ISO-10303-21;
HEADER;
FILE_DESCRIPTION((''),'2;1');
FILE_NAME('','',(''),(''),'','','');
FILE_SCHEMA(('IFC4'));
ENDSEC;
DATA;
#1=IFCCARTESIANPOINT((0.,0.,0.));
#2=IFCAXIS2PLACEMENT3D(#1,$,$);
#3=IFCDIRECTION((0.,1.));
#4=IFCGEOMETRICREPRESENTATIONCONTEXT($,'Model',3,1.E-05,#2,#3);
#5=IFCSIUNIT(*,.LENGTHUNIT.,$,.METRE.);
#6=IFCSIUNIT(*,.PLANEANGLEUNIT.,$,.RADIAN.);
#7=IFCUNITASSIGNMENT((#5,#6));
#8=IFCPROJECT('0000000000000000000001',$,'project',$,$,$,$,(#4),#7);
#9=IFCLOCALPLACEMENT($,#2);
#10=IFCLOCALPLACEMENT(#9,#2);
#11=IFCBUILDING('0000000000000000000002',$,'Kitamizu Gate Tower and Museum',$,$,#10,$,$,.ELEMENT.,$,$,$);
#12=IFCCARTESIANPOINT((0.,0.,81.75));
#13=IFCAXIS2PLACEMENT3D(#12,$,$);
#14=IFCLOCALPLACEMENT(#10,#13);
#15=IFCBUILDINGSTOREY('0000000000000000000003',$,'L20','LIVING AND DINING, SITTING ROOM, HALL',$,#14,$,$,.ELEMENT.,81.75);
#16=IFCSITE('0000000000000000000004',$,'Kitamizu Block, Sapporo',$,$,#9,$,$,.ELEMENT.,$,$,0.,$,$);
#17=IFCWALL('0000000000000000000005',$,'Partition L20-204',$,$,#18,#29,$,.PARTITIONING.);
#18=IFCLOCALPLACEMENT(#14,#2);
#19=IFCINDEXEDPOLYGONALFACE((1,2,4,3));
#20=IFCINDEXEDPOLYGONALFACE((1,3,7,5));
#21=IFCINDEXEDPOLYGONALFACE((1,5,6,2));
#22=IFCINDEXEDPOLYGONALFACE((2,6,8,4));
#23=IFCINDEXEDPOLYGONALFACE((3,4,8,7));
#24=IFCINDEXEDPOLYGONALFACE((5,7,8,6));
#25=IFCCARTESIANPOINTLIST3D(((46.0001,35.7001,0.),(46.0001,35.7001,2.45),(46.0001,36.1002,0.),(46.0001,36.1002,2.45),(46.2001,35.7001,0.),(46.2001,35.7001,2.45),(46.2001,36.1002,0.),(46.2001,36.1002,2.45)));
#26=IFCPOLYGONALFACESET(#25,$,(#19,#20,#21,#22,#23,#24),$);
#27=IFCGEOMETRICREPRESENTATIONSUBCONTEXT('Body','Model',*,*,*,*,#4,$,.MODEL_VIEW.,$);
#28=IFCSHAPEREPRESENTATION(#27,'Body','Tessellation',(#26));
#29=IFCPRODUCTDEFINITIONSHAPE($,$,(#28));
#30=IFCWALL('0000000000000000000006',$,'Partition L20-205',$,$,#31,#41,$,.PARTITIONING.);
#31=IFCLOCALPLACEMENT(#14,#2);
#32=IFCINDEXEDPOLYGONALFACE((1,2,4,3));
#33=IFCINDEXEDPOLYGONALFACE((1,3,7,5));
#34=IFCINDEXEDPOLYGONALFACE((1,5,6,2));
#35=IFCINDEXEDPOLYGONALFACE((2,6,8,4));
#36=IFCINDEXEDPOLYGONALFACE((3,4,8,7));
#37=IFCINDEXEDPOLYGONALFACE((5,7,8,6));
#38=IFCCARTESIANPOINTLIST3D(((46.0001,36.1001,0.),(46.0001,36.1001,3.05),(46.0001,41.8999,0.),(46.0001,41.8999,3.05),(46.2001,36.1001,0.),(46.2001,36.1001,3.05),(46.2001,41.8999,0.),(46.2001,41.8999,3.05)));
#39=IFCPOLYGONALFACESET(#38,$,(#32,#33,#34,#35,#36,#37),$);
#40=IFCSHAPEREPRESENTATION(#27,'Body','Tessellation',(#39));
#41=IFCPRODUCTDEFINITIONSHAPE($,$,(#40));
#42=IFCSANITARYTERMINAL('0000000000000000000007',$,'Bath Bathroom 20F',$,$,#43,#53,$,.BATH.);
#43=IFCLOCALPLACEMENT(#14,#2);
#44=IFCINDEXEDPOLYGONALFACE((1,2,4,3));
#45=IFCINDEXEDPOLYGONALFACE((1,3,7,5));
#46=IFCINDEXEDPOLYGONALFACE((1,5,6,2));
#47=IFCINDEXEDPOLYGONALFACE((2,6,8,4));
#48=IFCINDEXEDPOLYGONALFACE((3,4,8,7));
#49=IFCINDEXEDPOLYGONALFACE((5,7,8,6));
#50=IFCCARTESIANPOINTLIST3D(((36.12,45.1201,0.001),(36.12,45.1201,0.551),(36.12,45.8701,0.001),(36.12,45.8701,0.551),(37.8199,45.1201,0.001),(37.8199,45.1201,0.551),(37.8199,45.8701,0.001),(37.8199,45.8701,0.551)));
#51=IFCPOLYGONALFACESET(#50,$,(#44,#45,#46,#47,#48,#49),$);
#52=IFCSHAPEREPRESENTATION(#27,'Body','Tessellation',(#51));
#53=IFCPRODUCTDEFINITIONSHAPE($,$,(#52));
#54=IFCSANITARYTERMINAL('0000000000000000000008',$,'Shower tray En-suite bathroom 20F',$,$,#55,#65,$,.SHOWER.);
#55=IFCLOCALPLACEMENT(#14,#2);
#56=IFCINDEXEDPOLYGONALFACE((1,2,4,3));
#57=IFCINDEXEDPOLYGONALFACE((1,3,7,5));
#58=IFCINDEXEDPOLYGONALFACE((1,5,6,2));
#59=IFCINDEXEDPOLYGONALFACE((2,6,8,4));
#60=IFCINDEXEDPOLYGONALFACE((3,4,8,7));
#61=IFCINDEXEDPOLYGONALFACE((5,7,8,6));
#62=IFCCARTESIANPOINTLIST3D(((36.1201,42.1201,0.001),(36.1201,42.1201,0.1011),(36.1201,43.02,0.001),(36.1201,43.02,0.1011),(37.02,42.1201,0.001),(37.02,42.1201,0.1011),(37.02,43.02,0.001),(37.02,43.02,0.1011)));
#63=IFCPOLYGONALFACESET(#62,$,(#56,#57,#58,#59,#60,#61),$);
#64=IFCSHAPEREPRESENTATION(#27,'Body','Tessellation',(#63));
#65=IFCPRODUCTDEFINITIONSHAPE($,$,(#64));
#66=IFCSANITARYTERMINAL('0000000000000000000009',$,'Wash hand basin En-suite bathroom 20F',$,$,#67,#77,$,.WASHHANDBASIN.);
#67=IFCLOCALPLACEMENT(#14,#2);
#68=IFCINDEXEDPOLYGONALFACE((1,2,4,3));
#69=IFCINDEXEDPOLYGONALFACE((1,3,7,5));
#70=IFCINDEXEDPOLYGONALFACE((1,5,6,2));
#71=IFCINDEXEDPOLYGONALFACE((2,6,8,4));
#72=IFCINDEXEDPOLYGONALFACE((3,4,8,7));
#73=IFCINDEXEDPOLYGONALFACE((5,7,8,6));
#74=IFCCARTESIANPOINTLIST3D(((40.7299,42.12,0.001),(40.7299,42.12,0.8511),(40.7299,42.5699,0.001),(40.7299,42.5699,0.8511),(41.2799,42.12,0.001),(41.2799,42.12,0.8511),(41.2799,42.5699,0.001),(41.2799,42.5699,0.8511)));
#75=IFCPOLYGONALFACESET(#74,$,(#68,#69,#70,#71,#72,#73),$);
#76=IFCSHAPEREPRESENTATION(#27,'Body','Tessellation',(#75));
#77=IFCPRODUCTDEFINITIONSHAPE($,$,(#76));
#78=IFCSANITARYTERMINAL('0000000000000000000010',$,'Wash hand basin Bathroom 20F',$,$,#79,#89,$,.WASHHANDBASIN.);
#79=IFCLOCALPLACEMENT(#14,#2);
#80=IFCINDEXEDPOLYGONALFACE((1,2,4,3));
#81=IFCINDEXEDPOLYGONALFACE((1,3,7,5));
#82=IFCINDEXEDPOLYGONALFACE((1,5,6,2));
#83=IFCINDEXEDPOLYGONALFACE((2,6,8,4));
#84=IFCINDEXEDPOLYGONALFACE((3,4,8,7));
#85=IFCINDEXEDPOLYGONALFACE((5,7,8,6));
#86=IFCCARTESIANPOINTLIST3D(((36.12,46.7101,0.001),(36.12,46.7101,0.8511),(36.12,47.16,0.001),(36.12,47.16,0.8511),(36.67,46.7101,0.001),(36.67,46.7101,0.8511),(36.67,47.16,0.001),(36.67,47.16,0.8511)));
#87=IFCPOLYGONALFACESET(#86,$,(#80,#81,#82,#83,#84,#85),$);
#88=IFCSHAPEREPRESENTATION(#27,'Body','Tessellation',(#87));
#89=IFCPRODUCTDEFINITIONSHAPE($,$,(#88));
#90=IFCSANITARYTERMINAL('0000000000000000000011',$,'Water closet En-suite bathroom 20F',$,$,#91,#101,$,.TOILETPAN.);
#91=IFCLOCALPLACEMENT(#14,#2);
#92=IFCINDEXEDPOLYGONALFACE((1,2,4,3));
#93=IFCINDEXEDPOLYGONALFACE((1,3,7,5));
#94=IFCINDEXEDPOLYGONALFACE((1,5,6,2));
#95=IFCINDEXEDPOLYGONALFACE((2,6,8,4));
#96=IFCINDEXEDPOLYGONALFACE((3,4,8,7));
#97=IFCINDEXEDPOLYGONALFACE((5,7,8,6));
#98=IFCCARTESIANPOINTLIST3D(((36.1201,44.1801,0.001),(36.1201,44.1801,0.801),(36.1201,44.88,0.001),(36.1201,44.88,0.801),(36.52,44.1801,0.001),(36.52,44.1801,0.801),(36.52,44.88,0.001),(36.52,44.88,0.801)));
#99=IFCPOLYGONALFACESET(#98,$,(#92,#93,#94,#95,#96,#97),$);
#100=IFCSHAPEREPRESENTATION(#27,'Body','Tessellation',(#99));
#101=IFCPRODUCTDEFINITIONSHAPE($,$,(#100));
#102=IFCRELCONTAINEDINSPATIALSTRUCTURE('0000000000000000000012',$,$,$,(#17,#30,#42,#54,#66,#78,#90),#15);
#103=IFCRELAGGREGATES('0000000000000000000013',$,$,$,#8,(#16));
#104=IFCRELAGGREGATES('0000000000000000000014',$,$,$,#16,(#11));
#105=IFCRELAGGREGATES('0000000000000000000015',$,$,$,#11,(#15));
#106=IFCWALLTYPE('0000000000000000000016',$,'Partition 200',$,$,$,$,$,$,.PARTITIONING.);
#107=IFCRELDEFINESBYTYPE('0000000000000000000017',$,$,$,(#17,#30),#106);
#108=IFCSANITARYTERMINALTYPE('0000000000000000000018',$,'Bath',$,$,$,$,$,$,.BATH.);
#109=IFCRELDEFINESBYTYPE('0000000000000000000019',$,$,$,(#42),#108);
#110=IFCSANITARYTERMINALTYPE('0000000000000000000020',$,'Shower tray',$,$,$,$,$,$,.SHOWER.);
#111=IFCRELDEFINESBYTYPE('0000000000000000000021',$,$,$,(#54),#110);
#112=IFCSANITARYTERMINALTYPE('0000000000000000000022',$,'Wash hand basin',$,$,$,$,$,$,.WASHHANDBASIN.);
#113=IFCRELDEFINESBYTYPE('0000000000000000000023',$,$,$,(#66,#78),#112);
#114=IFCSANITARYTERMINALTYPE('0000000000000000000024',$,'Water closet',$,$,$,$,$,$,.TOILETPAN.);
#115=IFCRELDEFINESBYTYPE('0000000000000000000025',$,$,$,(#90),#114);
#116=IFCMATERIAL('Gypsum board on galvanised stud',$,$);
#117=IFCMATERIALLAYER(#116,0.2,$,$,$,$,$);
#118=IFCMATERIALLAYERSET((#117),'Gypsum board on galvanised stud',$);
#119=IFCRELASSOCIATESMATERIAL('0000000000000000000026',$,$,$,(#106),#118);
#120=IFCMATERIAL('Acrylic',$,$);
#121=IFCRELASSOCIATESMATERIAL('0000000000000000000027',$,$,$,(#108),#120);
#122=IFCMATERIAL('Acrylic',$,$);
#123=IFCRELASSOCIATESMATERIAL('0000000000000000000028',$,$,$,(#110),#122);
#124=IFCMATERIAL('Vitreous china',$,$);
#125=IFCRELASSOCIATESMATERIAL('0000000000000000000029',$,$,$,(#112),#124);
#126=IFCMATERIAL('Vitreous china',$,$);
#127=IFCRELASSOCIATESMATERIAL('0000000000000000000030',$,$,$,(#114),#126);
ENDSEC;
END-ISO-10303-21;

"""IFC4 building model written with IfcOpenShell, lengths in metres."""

from ifc_helpers import new_model, si_unit, direction, frame, frame_2d, origin, origin_2d, place, context, subcontext, project, spatial, rectangle, extrude, material, layer, layer_set, type_object, element, save


model = new_model("IFC4")

# Units and contexts
model_context = context("Model", 3, precision=1e-05, world=origin(), true_north=direction((0.0, 1.0)))
body_context = subcontext(model_context, "Body", "Model", "MODEL_VIEW")
ifc_project = project(units=[si_unit("LENGTHUNIT", "METRE"), si_unit("PLANEANGLEUNIT", "RADIAN")], contexts=[model_context])

# Site, building, storey
site_placement = place(None, origin())
site = spatial("IfcSite", under=ifc_project, at=site_placement, Name="Kitamizu Block, Sapporo", CompositionType="ELEMENT", RefElevation=0.0)
building_placement = place(site_placement, origin())
building = spatial("IfcBuilding", under=site, at=building_placement, Name="Kitamizu Gate Tower and Museum", CompositionType="ELEMENT")
storey_placement = place(building_placement, frame((0.0, 0.0, 81.75)))
storey = spatial("IfcBuildingStorey", under=building, at=storey_placement, Name="L20", Description="LIVING AND DINING, SITTING ROOM, HALL", CompositionType="ELEMENT", Elevation=81.75)

# Walls
ifc_material_1 = material(Name="Gypsum board on galvanised stud")
ifc_layer_1 = layer(ifc_material_1, 0.2)
ifc_layer_set_1 = layer_set([ifc_layer_1], Name="Gypsum board on galvanised stud")
wall_type_1 = type_object("IfcWallType", Name="Partition 200", PredefinedType="PARTITIONING", material=ifc_layer_set_1)
wall_1_placement = place(storey_placement, frame((46.1001, 35.7, 0.0), z_axis=(0.0, 0.0, 1.0), x_axis=(0.0, 1.0, 0.0)))
element("IfcWall", 1, at=wall_1_placement, inside=storey, type_object=wall_type_1, Name="Partition L20-204", PredefinedType="PARTITIONING", context=body_context, shape_type="SweptSolid", body=[
    extrude(rectangle(XDim=0.4001, YDim=0.2, at=frame_2d((0.2002, 0.0))), origin(), (0.0, 0.0, 1.0), 2.45),
])
wall_2_placement = place(storey_placement, frame((46.1001, 36.1001, 0.0), z_axis=(0.0, 0.0, 1.0), x_axis=(0.0, 1.0, 0.0)))
element("IfcWall", 2, at=wall_2_placement, inside=storey, type_object=wall_type_1, Name="Partition L20-205", PredefinedType="PARTITIONING", context=body_context, shape_type="SweptSolid", body=[
    extrude(rectangle(XDim=5.7998, YDim=0.2, at=frame_2d((2.8999, 0.0))), origin(), (0.0, 0.0, 1.0), 3.05),
])

# Sanitary terminals
ifc_material_2 = material(Name="Acrylic")
sanitary_terminal_type_1 = type_object("IfcSanitaryTerminalType", Name="Bath", PredefinedType="BATH", material=ifc_material_2)
sanitary_terminal_1_placement = place(storey_placement, frame((36.97, 45.4951, 0.001), z_axis=(0.0, 0.0, 1.0), x_axis=(1.0, 0.0, 0.0)))
element("IfcSanitaryTerminal", 3, at=sanitary_terminal_1_placement, inside=storey, type_object=sanitary_terminal_type_1, Name="Bath Bathroom 20F", PredefinedType="BATH", context=body_context, shape_type="SweptSolid", body=[
    extrude(rectangle(XDim=1.7, YDim=0.75, at=origin_2d()), origin(), (0.0, 0.0, 1.0), 0.55),
])
ifc_material_3 = material(Name="Acrylic")
sanitary_terminal_type_2 = type_object("IfcSanitaryTerminalType", Name="Shower tray", PredefinedType="SHOWER", material=ifc_material_3)
sanitary_terminal_2_placement = place(storey_placement, frame((36.5701, 42.5701, 0.001), z_axis=(0.0, 0.0, 1.0), x_axis=(1.0, 0.0, 0.0)))
element("IfcSanitaryTerminal", 4, at=sanitary_terminal_2_placement, inside=storey, type_object=sanitary_terminal_type_2, Name="Shower tray En-suite bathroom 20F", PredefinedType="SHOWER", context=body_context, shape_type="SweptSolid", body=[
    extrude(rectangle(XDim=0.8999, YDim=0.8999, at=origin_2d()), origin(), (0.0, 0.0, 1.0), 0.1001),
])
ifc_material_4 = material(Name="Vitreous china")
sanitary_terminal_type_3 = type_object("IfcSanitaryTerminalType", Name="Wash hand basin", PredefinedType="WASHHANDBASIN", material=ifc_material_4)
for number, where, z_axis, x_axis, name in (
    (5, (41.0049, 42.345, 0.001), (0.0, 0.0, 1.0), (1.0, 0.0, 0.0), "Wash hand basin En-suite bathroom 20F"),
    (6, (36.395, 46.9351, 0.001), (0.0, 0.0, 1.0), (1.0, 0.0, 0.0), "Wash hand basin Bathroom 20F"),
):
    element("IfcSanitaryTerminal", number, at=place(storey_placement, frame(where, z_axis=z_axis, x_axis=x_axis)), inside=storey, type_object=sanitary_terminal_type_3, Name=name, PredefinedType="WASHHANDBASIN", context=body_context, shape_type="SweptSolid", body=[
        extrude(rectangle(XDim=0.55, YDim=0.45, at=origin_2d()), origin(), (0.0, 0.0, 1.0), 0.8501),
    ])
ifc_material_5 = material(Name="Vitreous china")
sanitary_terminal_type_4 = type_object("IfcSanitaryTerminalType", Name="Water closet", PredefinedType="TOILETPAN", material=ifc_material_5)
sanitary_terminal_3_placement = place(storey_placement, frame((36.3201, 44.53, 0.001), z_axis=(0.0, 0.0, 1.0), x_axis=(1.0, 0.0, 0.0)))
element("IfcSanitaryTerminal", 7, at=sanitary_terminal_3_placement, inside=storey, type_object=sanitary_terminal_type_4, Name="Water closet En-suite bathroom 20F", PredefinedType="TOILETPAN", context=body_context, shape_type="SweptSolid", body=[
    extrude(rectangle(XDim=0.3999, YDim=0.7, at=origin_2d()), origin(), (0.0, 0.0, 1.0), 0.8),
])

save(model, "model.ifc")
